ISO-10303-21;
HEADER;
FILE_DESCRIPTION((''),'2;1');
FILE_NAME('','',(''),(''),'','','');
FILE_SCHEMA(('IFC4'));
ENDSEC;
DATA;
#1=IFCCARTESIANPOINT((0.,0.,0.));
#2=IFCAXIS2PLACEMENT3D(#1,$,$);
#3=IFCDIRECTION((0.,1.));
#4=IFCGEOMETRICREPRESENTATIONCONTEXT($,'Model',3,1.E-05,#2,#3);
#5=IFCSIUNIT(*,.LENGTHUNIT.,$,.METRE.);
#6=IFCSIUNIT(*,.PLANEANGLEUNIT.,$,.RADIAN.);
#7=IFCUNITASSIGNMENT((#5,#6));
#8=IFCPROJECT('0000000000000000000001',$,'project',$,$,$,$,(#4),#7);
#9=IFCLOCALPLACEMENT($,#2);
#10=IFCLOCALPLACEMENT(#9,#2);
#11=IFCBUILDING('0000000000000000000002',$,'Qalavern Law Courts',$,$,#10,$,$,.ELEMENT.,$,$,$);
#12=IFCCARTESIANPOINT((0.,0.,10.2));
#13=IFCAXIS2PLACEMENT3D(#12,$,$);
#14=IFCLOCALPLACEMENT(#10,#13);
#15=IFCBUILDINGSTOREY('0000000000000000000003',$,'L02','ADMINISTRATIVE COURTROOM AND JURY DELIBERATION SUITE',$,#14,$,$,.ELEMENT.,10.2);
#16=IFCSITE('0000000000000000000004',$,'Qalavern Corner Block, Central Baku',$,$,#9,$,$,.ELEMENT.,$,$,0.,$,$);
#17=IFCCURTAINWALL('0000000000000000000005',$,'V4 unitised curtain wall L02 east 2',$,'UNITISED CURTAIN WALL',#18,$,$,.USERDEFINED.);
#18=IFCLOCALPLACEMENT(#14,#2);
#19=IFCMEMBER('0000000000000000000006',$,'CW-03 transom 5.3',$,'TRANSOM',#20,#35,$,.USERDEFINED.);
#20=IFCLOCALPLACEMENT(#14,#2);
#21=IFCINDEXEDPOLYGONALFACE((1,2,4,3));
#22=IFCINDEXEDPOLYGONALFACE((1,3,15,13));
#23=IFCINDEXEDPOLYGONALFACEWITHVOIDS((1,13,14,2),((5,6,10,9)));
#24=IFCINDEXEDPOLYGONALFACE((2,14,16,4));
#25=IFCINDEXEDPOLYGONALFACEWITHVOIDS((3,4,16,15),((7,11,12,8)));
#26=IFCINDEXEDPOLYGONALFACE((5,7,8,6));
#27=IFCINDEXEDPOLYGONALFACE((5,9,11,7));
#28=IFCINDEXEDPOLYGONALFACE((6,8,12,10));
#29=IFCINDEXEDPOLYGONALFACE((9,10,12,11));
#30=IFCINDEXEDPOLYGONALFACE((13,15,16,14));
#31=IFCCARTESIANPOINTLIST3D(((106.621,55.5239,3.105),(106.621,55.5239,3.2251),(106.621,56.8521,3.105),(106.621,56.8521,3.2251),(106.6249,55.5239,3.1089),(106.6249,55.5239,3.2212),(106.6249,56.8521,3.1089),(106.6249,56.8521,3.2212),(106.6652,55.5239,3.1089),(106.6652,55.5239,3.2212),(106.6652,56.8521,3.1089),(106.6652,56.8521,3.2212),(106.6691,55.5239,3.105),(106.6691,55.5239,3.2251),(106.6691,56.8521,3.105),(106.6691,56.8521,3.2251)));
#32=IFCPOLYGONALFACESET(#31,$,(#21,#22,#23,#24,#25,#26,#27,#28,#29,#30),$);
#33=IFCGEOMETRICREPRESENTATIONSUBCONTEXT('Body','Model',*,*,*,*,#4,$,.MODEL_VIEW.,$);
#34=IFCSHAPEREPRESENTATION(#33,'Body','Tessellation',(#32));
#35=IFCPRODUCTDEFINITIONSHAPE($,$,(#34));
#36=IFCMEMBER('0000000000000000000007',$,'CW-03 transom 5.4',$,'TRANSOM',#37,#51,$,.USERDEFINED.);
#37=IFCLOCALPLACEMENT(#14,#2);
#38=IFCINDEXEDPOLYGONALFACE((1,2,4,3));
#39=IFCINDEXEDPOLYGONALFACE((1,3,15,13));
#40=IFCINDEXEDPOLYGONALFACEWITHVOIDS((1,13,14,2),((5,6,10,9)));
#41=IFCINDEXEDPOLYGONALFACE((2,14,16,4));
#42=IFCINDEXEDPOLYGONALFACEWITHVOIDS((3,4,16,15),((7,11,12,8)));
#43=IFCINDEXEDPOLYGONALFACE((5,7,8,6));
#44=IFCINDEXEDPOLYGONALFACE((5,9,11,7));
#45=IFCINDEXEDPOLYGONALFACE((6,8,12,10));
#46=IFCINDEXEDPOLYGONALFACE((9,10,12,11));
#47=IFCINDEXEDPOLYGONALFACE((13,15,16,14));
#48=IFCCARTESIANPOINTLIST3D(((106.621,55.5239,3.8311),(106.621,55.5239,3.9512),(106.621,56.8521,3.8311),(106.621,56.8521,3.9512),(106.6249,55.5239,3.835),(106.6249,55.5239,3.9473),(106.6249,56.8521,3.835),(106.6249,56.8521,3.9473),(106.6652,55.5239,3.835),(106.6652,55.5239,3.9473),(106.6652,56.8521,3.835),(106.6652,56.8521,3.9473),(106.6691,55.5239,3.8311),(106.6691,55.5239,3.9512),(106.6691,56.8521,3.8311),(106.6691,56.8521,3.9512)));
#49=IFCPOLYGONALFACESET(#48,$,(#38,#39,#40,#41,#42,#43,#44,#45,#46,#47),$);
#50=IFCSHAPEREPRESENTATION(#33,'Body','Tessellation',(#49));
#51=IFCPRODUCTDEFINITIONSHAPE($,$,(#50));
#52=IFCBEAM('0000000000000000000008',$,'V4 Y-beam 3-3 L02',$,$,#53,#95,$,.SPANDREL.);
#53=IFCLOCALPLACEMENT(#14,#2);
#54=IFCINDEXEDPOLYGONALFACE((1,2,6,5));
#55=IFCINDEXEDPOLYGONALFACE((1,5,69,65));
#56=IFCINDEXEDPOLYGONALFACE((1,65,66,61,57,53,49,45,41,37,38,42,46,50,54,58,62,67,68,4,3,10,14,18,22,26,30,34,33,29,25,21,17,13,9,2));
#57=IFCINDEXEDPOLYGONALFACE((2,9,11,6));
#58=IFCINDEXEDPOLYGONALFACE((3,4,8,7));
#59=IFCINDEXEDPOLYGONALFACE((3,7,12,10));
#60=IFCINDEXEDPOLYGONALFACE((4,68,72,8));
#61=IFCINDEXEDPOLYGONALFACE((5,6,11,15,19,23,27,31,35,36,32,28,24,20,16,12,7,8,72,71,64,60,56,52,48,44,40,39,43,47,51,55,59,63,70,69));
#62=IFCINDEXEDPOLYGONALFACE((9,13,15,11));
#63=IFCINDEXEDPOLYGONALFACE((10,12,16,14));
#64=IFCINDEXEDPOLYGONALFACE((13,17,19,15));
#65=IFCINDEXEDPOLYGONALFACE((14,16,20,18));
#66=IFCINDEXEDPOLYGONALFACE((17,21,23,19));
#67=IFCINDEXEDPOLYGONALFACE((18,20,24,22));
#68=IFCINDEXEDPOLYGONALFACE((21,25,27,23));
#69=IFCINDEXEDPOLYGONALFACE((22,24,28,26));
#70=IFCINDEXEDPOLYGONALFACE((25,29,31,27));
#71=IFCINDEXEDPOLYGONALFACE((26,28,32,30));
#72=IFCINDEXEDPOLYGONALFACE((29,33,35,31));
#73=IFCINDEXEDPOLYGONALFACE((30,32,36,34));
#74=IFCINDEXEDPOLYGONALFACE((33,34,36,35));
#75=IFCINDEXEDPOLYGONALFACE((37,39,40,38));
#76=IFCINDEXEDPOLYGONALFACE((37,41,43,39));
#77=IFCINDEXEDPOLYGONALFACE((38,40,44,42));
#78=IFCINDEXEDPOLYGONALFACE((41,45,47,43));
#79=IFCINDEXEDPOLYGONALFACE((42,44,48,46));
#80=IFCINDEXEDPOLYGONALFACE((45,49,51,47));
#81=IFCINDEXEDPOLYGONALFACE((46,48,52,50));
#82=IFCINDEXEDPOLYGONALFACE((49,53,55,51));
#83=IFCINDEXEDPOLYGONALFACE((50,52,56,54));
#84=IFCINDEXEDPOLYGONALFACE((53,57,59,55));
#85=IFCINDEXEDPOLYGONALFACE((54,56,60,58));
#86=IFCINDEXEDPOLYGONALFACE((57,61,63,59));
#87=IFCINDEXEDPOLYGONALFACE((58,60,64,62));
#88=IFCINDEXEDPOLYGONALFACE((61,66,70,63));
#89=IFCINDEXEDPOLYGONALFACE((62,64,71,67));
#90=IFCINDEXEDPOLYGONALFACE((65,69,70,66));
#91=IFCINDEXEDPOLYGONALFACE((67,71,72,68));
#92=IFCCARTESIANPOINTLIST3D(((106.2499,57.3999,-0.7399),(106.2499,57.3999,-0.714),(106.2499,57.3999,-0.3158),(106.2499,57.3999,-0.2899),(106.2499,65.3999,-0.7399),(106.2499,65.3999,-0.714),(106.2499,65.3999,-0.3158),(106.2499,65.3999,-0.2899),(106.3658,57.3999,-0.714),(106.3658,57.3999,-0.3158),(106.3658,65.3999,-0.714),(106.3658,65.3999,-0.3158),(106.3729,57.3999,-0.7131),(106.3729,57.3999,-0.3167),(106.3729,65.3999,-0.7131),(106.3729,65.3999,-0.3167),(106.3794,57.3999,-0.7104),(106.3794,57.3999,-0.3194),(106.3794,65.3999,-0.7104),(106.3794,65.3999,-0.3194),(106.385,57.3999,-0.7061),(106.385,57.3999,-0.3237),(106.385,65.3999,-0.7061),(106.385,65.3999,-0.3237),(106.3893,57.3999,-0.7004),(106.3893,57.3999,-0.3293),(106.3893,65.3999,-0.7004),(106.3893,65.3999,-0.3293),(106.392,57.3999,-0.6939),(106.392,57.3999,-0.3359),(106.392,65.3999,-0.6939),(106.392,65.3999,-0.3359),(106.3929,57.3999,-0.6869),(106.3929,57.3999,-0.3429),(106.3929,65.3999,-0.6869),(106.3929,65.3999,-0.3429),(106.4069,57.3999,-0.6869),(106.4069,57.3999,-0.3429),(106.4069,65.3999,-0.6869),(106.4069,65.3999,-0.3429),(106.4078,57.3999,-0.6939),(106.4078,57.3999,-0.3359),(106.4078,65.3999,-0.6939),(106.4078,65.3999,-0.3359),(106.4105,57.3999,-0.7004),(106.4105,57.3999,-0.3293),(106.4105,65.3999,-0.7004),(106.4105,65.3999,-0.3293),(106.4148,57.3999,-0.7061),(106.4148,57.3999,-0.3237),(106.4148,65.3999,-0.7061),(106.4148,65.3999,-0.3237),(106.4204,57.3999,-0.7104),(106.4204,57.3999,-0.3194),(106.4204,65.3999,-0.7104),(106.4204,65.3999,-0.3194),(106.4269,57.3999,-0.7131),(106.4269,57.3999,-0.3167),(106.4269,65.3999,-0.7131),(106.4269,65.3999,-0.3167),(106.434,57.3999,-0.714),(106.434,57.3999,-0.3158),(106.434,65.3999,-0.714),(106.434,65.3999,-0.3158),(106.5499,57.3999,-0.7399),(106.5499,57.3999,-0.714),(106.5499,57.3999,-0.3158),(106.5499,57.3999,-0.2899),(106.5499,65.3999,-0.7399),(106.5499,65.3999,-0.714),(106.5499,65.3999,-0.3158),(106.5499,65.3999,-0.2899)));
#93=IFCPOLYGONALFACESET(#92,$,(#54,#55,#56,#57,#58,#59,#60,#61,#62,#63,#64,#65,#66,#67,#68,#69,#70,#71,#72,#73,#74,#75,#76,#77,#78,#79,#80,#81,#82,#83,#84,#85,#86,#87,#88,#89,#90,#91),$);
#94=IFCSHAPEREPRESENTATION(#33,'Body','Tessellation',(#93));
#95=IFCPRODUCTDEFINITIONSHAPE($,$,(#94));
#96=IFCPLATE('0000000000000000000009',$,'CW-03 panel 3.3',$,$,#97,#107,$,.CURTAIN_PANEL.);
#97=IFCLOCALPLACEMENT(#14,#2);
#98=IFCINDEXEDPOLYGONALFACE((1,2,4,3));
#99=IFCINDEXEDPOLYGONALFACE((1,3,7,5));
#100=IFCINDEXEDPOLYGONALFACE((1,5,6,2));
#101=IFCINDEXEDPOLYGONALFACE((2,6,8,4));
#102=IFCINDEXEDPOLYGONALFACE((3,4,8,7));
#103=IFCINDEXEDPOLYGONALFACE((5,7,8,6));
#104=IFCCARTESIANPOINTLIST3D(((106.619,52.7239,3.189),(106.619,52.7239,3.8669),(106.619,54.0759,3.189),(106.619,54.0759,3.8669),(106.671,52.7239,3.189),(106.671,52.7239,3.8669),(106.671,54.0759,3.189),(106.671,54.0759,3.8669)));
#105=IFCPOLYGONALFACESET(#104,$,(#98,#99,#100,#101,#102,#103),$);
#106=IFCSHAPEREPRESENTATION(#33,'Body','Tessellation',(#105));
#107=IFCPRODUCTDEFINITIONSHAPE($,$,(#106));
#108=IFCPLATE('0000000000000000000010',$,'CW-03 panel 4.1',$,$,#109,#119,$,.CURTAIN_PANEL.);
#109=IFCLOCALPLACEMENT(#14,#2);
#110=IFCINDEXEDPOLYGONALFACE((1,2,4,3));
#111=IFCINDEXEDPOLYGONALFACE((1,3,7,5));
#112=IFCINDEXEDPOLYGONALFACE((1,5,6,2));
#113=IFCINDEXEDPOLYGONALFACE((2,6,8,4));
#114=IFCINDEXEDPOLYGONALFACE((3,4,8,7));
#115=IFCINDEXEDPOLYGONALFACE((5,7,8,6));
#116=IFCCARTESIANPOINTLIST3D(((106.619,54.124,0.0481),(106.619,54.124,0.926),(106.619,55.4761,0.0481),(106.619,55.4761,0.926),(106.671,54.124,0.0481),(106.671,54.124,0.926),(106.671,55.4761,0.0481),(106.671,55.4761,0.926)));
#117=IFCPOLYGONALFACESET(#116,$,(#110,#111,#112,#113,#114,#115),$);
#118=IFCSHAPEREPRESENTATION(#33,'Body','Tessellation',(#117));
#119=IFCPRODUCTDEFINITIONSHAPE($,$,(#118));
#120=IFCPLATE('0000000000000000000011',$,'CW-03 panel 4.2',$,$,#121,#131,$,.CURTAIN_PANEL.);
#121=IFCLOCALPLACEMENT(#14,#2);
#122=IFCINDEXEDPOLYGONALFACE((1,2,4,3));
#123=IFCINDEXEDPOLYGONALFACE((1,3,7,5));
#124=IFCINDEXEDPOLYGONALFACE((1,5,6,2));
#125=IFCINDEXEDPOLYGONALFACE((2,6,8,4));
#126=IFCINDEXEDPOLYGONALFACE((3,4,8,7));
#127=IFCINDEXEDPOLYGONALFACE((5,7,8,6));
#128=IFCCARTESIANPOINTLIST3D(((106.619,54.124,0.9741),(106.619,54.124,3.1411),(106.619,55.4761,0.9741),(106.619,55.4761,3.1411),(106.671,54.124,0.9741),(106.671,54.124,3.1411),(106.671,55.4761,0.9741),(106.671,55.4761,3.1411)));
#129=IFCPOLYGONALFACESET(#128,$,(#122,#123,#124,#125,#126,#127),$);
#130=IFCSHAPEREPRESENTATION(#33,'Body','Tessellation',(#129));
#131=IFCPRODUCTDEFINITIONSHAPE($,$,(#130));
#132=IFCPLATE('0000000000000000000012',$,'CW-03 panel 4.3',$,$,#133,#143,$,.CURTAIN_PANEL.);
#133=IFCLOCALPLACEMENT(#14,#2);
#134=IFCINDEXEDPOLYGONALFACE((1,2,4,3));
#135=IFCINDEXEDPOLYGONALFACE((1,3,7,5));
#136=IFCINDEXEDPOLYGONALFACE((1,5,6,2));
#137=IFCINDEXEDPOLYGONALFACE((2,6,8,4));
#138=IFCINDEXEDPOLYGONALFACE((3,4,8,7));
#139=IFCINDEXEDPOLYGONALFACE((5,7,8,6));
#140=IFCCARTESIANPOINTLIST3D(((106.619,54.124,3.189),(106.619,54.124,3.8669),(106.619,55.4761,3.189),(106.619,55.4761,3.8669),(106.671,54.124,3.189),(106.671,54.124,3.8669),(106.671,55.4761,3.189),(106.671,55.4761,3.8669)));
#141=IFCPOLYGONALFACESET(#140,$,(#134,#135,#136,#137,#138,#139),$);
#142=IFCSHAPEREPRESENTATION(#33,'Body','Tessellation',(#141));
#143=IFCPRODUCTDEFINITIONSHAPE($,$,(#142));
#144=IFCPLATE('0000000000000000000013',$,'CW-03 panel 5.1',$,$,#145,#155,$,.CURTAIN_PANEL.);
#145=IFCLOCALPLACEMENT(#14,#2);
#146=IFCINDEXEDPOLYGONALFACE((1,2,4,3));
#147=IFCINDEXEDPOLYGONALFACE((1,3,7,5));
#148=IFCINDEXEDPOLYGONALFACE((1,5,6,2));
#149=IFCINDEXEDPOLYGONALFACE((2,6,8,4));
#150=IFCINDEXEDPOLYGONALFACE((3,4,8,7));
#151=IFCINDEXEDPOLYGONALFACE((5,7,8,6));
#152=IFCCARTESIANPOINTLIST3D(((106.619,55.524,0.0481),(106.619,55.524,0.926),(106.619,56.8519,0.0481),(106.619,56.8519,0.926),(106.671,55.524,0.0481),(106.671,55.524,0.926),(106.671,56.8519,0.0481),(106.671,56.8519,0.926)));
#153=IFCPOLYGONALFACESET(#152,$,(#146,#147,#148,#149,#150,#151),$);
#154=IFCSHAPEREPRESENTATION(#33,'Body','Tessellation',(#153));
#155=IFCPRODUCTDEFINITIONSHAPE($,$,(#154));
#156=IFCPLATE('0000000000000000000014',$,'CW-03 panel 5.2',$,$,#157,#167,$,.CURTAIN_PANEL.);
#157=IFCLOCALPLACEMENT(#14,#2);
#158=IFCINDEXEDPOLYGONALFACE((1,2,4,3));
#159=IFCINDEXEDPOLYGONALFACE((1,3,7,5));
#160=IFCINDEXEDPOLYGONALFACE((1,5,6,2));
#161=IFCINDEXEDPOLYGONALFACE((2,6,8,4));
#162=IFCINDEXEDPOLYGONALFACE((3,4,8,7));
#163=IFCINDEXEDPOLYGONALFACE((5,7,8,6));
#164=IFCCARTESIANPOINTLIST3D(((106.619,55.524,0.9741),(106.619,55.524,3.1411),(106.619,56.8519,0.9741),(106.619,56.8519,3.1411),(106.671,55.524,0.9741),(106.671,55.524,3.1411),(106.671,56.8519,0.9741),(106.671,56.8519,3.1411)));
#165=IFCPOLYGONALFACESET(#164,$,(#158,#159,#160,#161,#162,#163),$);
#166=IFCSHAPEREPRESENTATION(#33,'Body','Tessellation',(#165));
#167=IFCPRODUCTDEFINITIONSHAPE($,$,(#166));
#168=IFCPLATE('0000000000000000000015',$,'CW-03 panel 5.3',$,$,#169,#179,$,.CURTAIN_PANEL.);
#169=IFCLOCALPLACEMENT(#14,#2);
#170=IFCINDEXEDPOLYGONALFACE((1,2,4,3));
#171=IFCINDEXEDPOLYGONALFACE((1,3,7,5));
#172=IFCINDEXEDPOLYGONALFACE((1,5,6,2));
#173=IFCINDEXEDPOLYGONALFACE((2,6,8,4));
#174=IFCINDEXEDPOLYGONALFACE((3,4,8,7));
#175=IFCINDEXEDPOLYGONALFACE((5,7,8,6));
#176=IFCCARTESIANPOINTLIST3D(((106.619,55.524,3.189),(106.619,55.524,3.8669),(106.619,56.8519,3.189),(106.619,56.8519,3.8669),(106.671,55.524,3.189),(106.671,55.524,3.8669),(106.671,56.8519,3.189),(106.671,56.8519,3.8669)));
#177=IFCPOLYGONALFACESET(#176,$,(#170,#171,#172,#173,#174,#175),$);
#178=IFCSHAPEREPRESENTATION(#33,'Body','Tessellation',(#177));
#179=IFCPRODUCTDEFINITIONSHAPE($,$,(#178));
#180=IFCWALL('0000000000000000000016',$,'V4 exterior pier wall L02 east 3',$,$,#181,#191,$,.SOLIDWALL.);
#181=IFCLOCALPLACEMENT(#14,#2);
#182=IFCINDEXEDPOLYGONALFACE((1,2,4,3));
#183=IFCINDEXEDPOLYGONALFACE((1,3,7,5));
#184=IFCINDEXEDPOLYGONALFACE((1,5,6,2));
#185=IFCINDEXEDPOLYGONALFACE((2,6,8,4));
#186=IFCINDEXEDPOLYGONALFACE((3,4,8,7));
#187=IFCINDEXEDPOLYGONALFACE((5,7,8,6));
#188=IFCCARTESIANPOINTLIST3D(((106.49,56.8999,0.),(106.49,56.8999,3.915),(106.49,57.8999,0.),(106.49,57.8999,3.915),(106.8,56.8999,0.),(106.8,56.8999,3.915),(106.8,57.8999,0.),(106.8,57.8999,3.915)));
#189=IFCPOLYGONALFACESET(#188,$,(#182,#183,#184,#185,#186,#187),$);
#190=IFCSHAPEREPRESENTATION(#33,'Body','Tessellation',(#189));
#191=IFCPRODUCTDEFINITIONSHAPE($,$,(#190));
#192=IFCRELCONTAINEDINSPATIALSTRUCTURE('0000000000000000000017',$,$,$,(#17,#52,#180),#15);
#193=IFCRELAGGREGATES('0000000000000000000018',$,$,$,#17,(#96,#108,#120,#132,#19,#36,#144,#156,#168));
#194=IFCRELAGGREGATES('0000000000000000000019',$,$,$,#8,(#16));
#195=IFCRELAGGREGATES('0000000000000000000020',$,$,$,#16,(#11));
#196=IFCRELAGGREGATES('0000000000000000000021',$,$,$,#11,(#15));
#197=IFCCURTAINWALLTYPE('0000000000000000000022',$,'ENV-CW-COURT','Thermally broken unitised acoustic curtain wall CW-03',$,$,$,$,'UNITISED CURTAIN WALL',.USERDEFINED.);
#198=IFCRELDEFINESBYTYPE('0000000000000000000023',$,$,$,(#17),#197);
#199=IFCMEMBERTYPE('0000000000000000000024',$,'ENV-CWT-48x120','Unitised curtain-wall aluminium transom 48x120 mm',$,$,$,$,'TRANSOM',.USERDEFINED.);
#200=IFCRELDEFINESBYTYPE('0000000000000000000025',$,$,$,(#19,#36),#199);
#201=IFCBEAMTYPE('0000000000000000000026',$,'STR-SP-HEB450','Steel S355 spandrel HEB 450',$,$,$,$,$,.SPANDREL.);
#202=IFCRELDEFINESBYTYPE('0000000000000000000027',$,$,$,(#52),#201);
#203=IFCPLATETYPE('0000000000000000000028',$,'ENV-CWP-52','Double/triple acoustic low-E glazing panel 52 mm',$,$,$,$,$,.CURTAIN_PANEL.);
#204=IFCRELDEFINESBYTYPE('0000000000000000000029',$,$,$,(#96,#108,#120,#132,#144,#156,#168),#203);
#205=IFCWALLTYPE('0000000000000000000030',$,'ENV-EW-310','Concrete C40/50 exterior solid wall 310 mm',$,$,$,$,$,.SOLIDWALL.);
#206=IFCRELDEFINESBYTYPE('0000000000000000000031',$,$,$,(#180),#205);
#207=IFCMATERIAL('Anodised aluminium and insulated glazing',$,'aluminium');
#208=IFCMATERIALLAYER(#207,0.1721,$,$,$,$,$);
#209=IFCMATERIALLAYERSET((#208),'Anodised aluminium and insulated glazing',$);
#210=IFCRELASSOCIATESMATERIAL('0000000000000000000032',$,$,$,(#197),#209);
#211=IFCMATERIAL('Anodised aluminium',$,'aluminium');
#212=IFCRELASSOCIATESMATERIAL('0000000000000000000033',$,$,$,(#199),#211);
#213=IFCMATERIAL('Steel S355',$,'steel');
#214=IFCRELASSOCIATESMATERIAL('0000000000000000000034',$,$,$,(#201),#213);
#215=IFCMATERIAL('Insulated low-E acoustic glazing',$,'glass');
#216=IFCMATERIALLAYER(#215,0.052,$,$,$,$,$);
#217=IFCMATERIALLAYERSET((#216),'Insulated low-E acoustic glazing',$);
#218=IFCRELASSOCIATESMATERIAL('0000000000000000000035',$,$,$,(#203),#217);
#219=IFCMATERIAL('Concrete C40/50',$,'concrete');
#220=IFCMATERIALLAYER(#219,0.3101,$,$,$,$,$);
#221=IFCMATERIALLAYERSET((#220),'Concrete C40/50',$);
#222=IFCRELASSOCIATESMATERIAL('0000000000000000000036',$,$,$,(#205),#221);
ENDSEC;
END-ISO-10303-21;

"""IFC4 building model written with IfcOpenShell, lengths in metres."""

from ifc_helpers import new_model, si_unit, direction, frame, frame_2d, origin, origin_2d, place, context, subcontext, project, spatial, rectangle, hollow_rectangle, i_section, extrude, material, layer, layer_set, material_profile, profile_set, type_object, element, aggregate, save


model = new_model("IFC4")

# Units and contexts
model_context = context("Model", 3, precision=1e-05, world=origin(), true_north=direction((0.0, 1.0)))
body_context = subcontext(model_context, "Body", "Model", "MODEL_VIEW")
ifc_project = project(units=[si_unit("LENGTHUNIT", "METRE"), si_unit("PLANEANGLEUNIT", "RADIAN")], contexts=[model_context])

# Site, building, storey
site_placement = place(None, origin())
site = spatial("IfcSite", under=ifc_project, at=site_placement, Name="Qalavern Corner Block, Central Baku", CompositionType="ELEMENT", RefElevation=0.0)
building_placement = place(site_placement, origin())
building = spatial("IfcBuilding", under=site, at=building_placement, Name="Qalavern Law Courts", CompositionType="ELEMENT")
storey_placement = place(building_placement, frame((0.0, 0.0, 10.2)))
storey = spatial("IfcBuildingStorey", under=building, at=storey_placement, Name="L02", Description="ADMINISTRATIVE COURTROOM AND JURY DELIBERATION SUITE", CompositionType="ELEMENT", Elevation=10.2)

# Curtain wall
ifc_material_1 = material(Name="Anodised aluminium and insulated glazing", Category="aluminium")
ifc_layer_1 = layer(ifc_material_1, 0.1721)
ifc_layer_set_1 = layer_set([ifc_layer_1], Name="Anodised aluminium and insulated glazing")
curtain_wall_type = type_object("IfcCurtainWallType", Name="ENV-CW-COURT", Description="Thermally broken unitised acoustic curtain wall CW-03", ElementType="UNITISED CURTAIN WALL", PredefinedType="USERDEFINED", material=ifc_layer_set_1)
curtain_wall_1_placement = place(storey_placement, origin())
curtain_wall_1 = element("IfcCurtainWall", 1, at=curtain_wall_1_placement, inside=storey, type_object=curtain_wall_type, Name="V4 unitised curtain wall L02 east 2", ObjectType="UNITISED CURTAIN WALL", PredefinedType="USERDEFINED")
ifc_material_2 = material(Name="Anodised aluminium", Category="aluminium")

# Members
ifc_material_profile_1 = material_profile(ifc_material_2, hollow_rectangle(XDim=0.0481, YDim=0.1201, WallThickness=0.0039, at=origin_2d()), Name="ALU TRANSOM 48x120")
ifc_profile_set_1 = profile_set([ifc_material_profile_1], Name="Anodised aluminium")
member_type_1 = type_object("IfcMemberType", Name="ENV-CWT-48x120", Description="Unitised curtain-wall aluminium transom 48x120 mm", ElementType="TRANSOM", PredefinedType="USERDEFINED", material=ifc_profile_set_1)
member_1_placement = place(storey_placement, frame((106.645, 55.5239, 3.165), z_axis=(0.0, 1.0, 0.0), x_axis=(-1.0, 0.0, 0.0)))
member_1 = element("IfcMember", 2, at=member_1_placement, type_object=member_type_1, Name="CW-03 transom 5.3", ObjectType="TRANSOM", PredefinedType="USERDEFINED", context=body_context, shape_type="SweptSolid", body=[
    extrude(hollow_rectangle(XDim=0.0481, YDim=0.1201, WallThickness=0.0039, at=origin_2d()), origin(), (0.0, 0.0, 1.0), 1.3281),
])
member_2_placement = place(storey_placement, frame((106.645, 55.5239, 3.8911), z_axis=(0.0, 1.0, 0.0), x_axis=(-1.0, 0.0, 0.0)))
member_2 = element("IfcMember", 3, at=member_2_placement, type_object=member_type_1, Name="CW-03 transom 5.4", ObjectType="TRANSOM", PredefinedType="USERDEFINED", context=body_context, shape_type="SweptSolid", body=[
    extrude(hollow_rectangle(XDim=0.0481, YDim=0.1201, WallThickness=0.0039, at=origin_2d()), origin(), (0.0, 0.0, 1.0), 1.3281),
])

# Beam
ifc_material_3 = material(Name="Steel S355", Category="steel")
ifc_material_profile_2 = material_profile(ifc_material_3, i_section(OverallWidth=0.3, OverallDepth=0.45, WebThickness=0.0139, FlangeThickness=0.0259, FilletRadius=0.0271, at=origin_2d()), Name="HEB 450")
ifc_profile_set_2 = profile_set([ifc_material_profile_2], Name="Steel S355")
beam_type = type_object("IfcBeamType", Name="STR-SP-HEB450", Description="Steel S355 spandrel HEB 450", PredefinedType="SPANDREL", material=ifc_profile_set_2)
beam_placement = place(storey_placement, frame((106.3999, 57.3999, -0.5149), z_axis=(0.0, 1.0, 0.0), x_axis=(-1.0, 0.0, 0.0)))
element("IfcBeam", 4, at=beam_placement, inside=storey, type_object=beam_type, Name="V4 Y-beam 3-3 L02", PredefinedType="SPANDREL", context=body_context, shape_type="SweptSolid", body=[
    extrude(i_section(OverallWidth=0.3, OverallDepth=0.45, WebThickness=0.0139, FlangeThickness=0.0259, FilletRadius=0.0271, at=origin_2d()), origin(), (0.0, 0.0, 1.0), 8.0),
])

# Plates
ifc_material_4 = material(Name="Insulated low-E acoustic glazing", Category="glass")
ifc_layer_2 = layer(ifc_material_4, 0.052)
ifc_layer_set_2 = layer_set([ifc_layer_2], Name="Insulated low-E acoustic glazing")
plate_type = type_object("IfcPlateType", Name="ENV-CWP-52", Description="Double/triple acoustic low-E glazing panel 52 mm", PredefinedType="CURTAIN_PANEL", material=ifc_layer_set_2)
plate_1_placement = place(storey_placement, frame((106.645, 53.3999, 3.189), z_axis=(0.0, 0.0, 1.0), x_axis=(0.0, 1.0, 0.0)))
plate_1 = element("IfcPlate", 5, at=plate_1_placement, type_object=plate_type, Name="CW-03 panel 3.3", PredefinedType="CURTAIN_PANEL", context=body_context, shape_type="SweptSolid", body=[
    extrude(rectangle(XDim=1.3521, YDim=0.052, at=origin_2d()), origin(), (0.0, 0.0, 1.0), 0.678),
])
plate_2_placement = place(storey_placement, frame((106.645, 54.8, 0.0481), z_axis=(0.0, 0.0, 1.0), x_axis=(0.0, 1.0, 0.0)))
plate_2 = element("IfcPlate", 6, at=plate_2_placement, type_object=plate_type, Name="CW-03 panel 4.1", PredefinedType="CURTAIN_PANEL", context=body_context, shape_type="SweptSolid", body=[
    extrude(rectangle(XDim=1.3521, YDim=0.052, at=origin_2d()), origin(), (0.0, 0.0, 1.0), 0.8779),
])
plate_3_placement = place(storey_placement, frame((106.645, 54.8, 0.9741), z_axis=(0.0, 0.0, 1.0), x_axis=(0.0, 1.0, 0.0)))
plate_3 = element("IfcPlate", 7, at=plate_3_placement, type_object=plate_type, Name="CW-03 panel 4.2", PredefinedType="CURTAIN_PANEL", context=body_context, shape_type="SweptSolid", body=[
    extrude(rectangle(XDim=1.3521, YDim=0.052, at=origin_2d()), origin(), (0.0, 0.0, 1.0), 2.167),
])
plate_4_placement = place(storey_placement, frame((106.645, 54.8, 3.189), z_axis=(0.0, 0.0, 1.0), x_axis=(0.0, 1.0, 0.0)))
plate_4 = element("IfcPlate", 8, at=plate_4_placement, type_object=plate_type, Name="CW-03 panel 4.3", PredefinedType="CURTAIN_PANEL", context=body_context, shape_type="SweptSolid", body=[
    extrude(rectangle(XDim=1.3521, YDim=0.052, at=origin_2d()), origin(), (0.0, 0.0, 1.0), 0.678),
])
plate_5_placement = place(storey_placement, frame((106.645, 56.188, 0.0481), z_axis=(0.0, 0.0, 1.0), x_axis=(0.0, 1.0, 0.0)))
plate_5 = element("IfcPlate", 9, at=plate_5_placement, type_object=plate_type, Name="CW-03 panel 5.1", PredefinedType="CURTAIN_PANEL", context=body_context, shape_type="SweptSolid", body=[
    extrude(rectangle(XDim=1.3279, YDim=0.052, at=origin_2d()), origin(), (0.0, 0.0, 1.0), 0.8779),
])
plate_6_placement = place(storey_placement, frame((106.645, 56.188, 0.9741), z_axis=(0.0, 0.0, 1.0), x_axis=(0.0, 1.0, 0.0)))
plate_6 = element("IfcPlate", 10, at=plate_6_placement, type_object=plate_type, Name="CW-03 panel 5.2", PredefinedType="CURTAIN_PANEL", context=body_context, shape_type="SweptSolid", body=[
    extrude(rectangle(XDim=1.3279, YDim=0.052, at=origin_2d()), origin(), (0.0, 0.0, 1.0), 2.167),
])
plate_7_placement = place(storey_placement, frame((106.645, 56.188, 3.189), z_axis=(0.0, 0.0, 1.0), x_axis=(0.0, 1.0, 0.0)))
plate_7 = element("IfcPlate", 11, at=plate_7_placement, type_object=plate_type, Name="CW-03 panel 5.3", PredefinedType="CURTAIN_PANEL", context=body_context, shape_type="SweptSolid", body=[
    extrude(rectangle(XDim=1.3279, YDim=0.052, at=origin_2d()), origin(), (0.0, 0.0, 1.0), 0.678),
])
aggregate(curtain_wall_1, [plate_1, plate_2, plate_3, plate_4, member_1, member_2, plate_5, plate_6, plate_7])

# Wall
ifc_material_5 = material(Name="Concrete C40/50", Category="concrete")
ifc_layer_3 = layer(ifc_material_5, 0.3101)
ifc_layer_set_3 = layer_set([ifc_layer_3], Name="Concrete C40/50")
wall_type = type_object("IfcWallType", Name="ENV-EW-310", Description="Concrete C40/50 exterior solid wall 310 mm", PredefinedType="SOLIDWALL", material=ifc_layer_set_3)
wall_placement = place(storey_placement, frame((106.645, 56.8999, 0.0), z_axis=(0.0, 0.0, 1.0), x_axis=(0.0, 1.0, 0.0)))
element("IfcWall", 12, at=wall_placement, inside=storey, type_object=wall_type, Name="V4 exterior pier wall L02 east 3", PredefinedType="SOLIDWALL", context=body_context, shape_type="SweptSolid", body=[
    extrude(rectangle(XDim=1.0, YDim=0.3101, at=frame_2d((0.5, 0.0))), origin(), (0.0, 0.0, 1.0), 3.915),
])

save(model, "model.ifc")
